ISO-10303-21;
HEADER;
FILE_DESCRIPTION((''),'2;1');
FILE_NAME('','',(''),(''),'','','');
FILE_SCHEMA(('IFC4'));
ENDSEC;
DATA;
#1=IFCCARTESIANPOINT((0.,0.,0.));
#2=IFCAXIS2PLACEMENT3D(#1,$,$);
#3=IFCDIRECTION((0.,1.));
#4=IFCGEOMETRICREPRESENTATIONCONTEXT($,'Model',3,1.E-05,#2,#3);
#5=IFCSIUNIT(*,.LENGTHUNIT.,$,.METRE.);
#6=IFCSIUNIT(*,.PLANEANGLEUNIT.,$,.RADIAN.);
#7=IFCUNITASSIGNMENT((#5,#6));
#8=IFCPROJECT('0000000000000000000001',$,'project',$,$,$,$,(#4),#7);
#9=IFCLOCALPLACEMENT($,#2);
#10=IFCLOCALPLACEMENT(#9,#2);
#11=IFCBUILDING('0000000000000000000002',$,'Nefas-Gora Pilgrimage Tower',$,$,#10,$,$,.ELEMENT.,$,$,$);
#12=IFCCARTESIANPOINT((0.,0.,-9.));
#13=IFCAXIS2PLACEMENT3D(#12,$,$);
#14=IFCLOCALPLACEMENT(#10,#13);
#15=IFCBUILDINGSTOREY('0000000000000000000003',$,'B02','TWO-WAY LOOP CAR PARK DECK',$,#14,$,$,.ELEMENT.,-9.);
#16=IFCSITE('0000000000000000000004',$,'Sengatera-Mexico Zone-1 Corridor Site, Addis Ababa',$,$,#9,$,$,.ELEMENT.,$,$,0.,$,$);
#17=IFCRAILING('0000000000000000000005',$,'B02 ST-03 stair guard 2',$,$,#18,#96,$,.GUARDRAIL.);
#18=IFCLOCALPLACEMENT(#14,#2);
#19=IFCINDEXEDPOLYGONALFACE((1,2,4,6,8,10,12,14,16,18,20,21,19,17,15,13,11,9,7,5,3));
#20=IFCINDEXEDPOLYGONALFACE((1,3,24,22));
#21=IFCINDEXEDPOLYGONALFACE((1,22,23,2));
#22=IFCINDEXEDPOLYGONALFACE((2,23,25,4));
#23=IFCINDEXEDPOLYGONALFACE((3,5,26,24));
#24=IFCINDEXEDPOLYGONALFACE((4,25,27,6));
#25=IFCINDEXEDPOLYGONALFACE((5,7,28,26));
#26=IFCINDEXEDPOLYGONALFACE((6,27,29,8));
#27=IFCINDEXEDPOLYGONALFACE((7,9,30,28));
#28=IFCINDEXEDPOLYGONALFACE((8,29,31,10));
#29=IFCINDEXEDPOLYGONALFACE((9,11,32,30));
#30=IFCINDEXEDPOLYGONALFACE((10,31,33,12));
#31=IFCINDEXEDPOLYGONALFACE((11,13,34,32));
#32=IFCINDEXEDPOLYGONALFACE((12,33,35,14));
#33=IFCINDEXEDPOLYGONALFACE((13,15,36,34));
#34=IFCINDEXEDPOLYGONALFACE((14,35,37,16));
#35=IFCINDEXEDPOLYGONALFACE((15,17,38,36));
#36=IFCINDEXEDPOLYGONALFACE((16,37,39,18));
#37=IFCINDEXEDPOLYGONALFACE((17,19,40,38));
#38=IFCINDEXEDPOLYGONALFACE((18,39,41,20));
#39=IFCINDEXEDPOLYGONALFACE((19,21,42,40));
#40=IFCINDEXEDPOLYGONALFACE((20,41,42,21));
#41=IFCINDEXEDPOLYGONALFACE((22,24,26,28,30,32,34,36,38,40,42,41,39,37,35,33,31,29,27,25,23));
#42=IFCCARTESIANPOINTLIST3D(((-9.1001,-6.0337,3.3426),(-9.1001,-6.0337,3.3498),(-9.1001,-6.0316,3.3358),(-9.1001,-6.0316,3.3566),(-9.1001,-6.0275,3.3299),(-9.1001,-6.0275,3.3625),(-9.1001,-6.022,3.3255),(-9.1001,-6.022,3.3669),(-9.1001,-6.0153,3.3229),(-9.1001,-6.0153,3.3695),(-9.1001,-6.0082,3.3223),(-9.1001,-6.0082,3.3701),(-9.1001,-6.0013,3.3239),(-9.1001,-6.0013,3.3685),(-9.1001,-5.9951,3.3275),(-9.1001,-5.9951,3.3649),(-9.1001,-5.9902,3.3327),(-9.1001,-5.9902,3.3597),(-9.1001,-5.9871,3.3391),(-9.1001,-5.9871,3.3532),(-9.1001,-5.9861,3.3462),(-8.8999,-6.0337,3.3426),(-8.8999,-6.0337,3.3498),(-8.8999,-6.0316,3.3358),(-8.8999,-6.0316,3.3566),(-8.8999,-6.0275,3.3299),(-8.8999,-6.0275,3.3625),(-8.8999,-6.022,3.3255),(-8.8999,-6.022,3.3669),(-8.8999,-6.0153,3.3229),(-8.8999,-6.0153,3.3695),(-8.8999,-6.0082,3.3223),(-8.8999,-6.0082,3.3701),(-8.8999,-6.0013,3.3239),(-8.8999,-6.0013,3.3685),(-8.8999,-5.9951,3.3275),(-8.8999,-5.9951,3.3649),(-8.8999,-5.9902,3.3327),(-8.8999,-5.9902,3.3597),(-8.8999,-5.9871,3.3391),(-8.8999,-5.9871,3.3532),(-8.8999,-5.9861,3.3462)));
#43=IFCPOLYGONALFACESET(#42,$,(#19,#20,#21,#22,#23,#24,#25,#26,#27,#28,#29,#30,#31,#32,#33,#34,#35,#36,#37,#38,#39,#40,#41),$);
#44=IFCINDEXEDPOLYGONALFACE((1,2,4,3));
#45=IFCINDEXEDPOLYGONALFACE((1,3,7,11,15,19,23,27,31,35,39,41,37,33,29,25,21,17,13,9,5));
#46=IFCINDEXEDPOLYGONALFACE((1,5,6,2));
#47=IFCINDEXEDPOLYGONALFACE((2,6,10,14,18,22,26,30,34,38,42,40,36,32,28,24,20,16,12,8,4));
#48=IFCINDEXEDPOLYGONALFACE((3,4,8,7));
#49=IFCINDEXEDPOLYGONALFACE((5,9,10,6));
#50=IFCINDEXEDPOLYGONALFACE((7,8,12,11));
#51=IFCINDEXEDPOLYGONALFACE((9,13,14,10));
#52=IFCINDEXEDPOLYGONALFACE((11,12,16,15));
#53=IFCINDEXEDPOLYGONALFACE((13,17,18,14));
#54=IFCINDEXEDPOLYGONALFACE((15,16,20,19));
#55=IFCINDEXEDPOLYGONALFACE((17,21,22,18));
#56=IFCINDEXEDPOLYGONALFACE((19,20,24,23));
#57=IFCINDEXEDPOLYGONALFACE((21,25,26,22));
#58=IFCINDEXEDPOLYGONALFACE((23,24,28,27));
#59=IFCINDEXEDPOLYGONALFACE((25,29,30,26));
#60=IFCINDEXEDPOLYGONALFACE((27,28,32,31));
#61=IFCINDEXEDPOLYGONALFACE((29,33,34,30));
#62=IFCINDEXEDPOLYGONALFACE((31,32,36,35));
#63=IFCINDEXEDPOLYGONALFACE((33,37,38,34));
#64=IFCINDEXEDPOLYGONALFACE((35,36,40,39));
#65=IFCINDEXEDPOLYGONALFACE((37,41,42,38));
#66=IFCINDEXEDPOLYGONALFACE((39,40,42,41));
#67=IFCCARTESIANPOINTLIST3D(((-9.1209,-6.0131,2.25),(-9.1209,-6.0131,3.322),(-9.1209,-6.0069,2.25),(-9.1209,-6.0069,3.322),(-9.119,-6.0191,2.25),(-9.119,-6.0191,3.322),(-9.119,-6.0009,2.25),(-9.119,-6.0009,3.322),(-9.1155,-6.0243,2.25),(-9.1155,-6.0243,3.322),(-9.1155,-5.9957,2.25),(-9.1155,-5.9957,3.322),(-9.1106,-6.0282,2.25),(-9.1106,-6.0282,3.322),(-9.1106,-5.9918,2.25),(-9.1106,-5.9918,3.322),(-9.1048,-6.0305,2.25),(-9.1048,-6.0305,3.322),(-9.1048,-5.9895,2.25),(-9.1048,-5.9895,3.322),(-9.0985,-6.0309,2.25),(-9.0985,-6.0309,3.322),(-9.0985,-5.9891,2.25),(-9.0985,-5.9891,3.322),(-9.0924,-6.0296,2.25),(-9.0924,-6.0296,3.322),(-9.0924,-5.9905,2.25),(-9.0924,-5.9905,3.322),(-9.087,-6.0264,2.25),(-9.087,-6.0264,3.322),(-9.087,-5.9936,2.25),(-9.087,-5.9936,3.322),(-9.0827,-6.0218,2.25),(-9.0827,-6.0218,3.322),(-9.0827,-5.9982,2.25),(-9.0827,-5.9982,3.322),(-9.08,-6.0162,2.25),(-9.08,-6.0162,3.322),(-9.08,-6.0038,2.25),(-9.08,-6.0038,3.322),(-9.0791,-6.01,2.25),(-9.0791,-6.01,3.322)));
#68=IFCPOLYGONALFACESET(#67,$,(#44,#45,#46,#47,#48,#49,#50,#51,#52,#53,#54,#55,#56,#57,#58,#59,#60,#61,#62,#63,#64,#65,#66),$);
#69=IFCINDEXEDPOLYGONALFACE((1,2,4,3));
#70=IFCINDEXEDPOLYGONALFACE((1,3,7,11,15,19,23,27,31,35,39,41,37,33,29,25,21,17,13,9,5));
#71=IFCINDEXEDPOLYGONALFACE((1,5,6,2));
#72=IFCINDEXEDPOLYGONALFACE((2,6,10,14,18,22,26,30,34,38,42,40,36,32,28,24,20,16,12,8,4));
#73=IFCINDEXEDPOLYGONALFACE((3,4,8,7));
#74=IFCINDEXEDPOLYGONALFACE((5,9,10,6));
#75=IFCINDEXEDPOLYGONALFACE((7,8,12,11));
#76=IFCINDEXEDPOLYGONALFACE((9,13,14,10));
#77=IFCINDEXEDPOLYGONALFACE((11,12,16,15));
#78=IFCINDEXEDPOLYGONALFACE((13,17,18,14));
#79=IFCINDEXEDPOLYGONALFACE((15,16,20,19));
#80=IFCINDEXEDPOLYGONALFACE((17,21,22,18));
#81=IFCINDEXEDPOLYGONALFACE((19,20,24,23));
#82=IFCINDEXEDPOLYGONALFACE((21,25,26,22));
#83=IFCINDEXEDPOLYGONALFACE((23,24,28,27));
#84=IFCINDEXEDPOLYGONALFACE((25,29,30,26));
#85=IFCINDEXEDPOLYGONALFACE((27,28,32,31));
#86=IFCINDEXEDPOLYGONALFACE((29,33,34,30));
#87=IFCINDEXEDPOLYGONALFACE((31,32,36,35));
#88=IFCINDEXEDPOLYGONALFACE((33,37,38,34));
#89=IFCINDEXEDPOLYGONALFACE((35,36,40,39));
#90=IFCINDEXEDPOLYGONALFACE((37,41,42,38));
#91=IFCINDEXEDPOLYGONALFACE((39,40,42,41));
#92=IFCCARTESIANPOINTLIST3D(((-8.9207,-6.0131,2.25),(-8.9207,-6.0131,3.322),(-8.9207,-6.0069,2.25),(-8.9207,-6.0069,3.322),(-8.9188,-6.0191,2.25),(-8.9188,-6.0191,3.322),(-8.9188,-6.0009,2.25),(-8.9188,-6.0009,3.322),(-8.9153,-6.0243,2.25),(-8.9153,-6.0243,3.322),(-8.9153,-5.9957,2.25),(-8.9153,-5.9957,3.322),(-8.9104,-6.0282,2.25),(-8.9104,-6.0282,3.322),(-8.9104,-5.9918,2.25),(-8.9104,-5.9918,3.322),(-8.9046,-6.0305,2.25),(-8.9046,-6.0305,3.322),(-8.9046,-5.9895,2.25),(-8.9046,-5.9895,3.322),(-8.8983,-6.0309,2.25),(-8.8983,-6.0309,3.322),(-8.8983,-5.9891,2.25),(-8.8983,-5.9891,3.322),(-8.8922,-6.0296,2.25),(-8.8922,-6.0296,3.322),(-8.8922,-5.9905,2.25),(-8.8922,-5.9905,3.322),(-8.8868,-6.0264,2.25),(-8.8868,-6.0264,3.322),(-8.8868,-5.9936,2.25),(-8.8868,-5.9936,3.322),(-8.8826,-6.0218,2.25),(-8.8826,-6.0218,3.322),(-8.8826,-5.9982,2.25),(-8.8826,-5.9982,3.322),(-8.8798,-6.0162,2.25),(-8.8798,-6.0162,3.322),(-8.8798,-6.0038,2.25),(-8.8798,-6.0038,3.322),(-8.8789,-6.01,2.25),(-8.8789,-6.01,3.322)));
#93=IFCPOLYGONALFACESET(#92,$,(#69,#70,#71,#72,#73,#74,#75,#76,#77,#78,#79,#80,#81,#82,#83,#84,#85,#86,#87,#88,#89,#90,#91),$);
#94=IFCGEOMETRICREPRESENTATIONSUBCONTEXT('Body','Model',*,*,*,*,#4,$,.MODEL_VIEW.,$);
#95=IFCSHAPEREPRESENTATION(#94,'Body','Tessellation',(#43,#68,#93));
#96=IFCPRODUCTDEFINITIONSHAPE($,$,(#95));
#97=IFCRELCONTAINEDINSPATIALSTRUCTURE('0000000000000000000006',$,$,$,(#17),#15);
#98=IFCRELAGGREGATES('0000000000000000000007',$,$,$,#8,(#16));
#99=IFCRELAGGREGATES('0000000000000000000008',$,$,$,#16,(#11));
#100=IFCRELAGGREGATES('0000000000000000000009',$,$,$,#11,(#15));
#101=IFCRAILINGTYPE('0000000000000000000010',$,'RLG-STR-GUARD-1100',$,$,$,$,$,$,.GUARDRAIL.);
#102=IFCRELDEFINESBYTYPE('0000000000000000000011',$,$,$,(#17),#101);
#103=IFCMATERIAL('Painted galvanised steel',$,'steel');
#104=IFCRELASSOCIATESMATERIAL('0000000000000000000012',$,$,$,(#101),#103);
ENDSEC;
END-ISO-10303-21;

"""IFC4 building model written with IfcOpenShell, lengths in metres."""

from ifc_helpers import new_model, si_unit, direction, frame, origin, origin_2d, place, context, subcontext, project, spatial, circle, extrude, material, type_object, element, save


model = new_model("IFC4")

# Units and contexts
model_context = context("Model", 3, precision=1e-05, world=origin(), true_north=direction((0.0, 1.0)))
body_context = subcontext(model_context, "Body", "Model", "MODEL_VIEW")
ifc_project = project(units=[si_unit("LENGTHUNIT", "METRE"), si_unit("PLANEANGLEUNIT", "RADIAN")], contexts=[model_context])

# Site, building, storey
site_placement = place(None, origin())
site = spatial("IfcSite", under=ifc_project, at=site_placement, Name="Sengatera-Mexico Zone-1 Corridor Site, Addis Ababa", CompositionType="ELEMENT", RefElevation=0.0)
building_placement = place(site_placement, origin())
building = spatial("IfcBuilding", under=site, at=building_placement, Name="Nefas-Gora Pilgrimage Tower", CompositionType="ELEMENT")
storey_placement = place(building_placement, frame((0.0, 0.0, -9.0)))
storey = spatial("IfcBuildingStorey", under=building, at=storey_placement, Name="B02", Description="TWO-WAY LOOP CAR PARK DECK", CompositionType="ELEMENT", Elevation=-9.0)

# Railing
ifc_material_1 = material(Name="Painted galvanised steel", Category="steel")
railing_type_1 = type_object("IfcRailingType", Name="RLG-STR-GUARD-1100", PredefinedType="GUARDRAIL", material=ifc_material_1)
railing_1_placement = place(storey_placement, frame((-9.1001, -6.01, 2.25)))
element("IfcRailing", 1, at=railing_1_placement, inside=storey, type_object=railing_type_1, Name="B02 ST-03 stair guard 2", PredefinedType="GUARDRAIL", context=body_context, shape_type="SweptSolid", body=[
    extrude(circle(Radius=0.0239, at=origin_2d()), frame((0.0, 0.0, 1.0962), z_axis=(1.0, 0.0, 0.0), x_axis=(0.0, 1.0, 0.0)), (0.0, 0.0, 1.0), 0.2002),
    extrude(circle(Radius=0.021, at=origin_2d()), origin(), (0.0, 0.0, 1.0), 1.072),
    extrude(circle(Radius=0.021, at=origin_2d()), frame((0.2002, 0.0, 0.0)), (0.0, 0.0, 1.0), 1.072),
])

save(model, "model.ifc")
